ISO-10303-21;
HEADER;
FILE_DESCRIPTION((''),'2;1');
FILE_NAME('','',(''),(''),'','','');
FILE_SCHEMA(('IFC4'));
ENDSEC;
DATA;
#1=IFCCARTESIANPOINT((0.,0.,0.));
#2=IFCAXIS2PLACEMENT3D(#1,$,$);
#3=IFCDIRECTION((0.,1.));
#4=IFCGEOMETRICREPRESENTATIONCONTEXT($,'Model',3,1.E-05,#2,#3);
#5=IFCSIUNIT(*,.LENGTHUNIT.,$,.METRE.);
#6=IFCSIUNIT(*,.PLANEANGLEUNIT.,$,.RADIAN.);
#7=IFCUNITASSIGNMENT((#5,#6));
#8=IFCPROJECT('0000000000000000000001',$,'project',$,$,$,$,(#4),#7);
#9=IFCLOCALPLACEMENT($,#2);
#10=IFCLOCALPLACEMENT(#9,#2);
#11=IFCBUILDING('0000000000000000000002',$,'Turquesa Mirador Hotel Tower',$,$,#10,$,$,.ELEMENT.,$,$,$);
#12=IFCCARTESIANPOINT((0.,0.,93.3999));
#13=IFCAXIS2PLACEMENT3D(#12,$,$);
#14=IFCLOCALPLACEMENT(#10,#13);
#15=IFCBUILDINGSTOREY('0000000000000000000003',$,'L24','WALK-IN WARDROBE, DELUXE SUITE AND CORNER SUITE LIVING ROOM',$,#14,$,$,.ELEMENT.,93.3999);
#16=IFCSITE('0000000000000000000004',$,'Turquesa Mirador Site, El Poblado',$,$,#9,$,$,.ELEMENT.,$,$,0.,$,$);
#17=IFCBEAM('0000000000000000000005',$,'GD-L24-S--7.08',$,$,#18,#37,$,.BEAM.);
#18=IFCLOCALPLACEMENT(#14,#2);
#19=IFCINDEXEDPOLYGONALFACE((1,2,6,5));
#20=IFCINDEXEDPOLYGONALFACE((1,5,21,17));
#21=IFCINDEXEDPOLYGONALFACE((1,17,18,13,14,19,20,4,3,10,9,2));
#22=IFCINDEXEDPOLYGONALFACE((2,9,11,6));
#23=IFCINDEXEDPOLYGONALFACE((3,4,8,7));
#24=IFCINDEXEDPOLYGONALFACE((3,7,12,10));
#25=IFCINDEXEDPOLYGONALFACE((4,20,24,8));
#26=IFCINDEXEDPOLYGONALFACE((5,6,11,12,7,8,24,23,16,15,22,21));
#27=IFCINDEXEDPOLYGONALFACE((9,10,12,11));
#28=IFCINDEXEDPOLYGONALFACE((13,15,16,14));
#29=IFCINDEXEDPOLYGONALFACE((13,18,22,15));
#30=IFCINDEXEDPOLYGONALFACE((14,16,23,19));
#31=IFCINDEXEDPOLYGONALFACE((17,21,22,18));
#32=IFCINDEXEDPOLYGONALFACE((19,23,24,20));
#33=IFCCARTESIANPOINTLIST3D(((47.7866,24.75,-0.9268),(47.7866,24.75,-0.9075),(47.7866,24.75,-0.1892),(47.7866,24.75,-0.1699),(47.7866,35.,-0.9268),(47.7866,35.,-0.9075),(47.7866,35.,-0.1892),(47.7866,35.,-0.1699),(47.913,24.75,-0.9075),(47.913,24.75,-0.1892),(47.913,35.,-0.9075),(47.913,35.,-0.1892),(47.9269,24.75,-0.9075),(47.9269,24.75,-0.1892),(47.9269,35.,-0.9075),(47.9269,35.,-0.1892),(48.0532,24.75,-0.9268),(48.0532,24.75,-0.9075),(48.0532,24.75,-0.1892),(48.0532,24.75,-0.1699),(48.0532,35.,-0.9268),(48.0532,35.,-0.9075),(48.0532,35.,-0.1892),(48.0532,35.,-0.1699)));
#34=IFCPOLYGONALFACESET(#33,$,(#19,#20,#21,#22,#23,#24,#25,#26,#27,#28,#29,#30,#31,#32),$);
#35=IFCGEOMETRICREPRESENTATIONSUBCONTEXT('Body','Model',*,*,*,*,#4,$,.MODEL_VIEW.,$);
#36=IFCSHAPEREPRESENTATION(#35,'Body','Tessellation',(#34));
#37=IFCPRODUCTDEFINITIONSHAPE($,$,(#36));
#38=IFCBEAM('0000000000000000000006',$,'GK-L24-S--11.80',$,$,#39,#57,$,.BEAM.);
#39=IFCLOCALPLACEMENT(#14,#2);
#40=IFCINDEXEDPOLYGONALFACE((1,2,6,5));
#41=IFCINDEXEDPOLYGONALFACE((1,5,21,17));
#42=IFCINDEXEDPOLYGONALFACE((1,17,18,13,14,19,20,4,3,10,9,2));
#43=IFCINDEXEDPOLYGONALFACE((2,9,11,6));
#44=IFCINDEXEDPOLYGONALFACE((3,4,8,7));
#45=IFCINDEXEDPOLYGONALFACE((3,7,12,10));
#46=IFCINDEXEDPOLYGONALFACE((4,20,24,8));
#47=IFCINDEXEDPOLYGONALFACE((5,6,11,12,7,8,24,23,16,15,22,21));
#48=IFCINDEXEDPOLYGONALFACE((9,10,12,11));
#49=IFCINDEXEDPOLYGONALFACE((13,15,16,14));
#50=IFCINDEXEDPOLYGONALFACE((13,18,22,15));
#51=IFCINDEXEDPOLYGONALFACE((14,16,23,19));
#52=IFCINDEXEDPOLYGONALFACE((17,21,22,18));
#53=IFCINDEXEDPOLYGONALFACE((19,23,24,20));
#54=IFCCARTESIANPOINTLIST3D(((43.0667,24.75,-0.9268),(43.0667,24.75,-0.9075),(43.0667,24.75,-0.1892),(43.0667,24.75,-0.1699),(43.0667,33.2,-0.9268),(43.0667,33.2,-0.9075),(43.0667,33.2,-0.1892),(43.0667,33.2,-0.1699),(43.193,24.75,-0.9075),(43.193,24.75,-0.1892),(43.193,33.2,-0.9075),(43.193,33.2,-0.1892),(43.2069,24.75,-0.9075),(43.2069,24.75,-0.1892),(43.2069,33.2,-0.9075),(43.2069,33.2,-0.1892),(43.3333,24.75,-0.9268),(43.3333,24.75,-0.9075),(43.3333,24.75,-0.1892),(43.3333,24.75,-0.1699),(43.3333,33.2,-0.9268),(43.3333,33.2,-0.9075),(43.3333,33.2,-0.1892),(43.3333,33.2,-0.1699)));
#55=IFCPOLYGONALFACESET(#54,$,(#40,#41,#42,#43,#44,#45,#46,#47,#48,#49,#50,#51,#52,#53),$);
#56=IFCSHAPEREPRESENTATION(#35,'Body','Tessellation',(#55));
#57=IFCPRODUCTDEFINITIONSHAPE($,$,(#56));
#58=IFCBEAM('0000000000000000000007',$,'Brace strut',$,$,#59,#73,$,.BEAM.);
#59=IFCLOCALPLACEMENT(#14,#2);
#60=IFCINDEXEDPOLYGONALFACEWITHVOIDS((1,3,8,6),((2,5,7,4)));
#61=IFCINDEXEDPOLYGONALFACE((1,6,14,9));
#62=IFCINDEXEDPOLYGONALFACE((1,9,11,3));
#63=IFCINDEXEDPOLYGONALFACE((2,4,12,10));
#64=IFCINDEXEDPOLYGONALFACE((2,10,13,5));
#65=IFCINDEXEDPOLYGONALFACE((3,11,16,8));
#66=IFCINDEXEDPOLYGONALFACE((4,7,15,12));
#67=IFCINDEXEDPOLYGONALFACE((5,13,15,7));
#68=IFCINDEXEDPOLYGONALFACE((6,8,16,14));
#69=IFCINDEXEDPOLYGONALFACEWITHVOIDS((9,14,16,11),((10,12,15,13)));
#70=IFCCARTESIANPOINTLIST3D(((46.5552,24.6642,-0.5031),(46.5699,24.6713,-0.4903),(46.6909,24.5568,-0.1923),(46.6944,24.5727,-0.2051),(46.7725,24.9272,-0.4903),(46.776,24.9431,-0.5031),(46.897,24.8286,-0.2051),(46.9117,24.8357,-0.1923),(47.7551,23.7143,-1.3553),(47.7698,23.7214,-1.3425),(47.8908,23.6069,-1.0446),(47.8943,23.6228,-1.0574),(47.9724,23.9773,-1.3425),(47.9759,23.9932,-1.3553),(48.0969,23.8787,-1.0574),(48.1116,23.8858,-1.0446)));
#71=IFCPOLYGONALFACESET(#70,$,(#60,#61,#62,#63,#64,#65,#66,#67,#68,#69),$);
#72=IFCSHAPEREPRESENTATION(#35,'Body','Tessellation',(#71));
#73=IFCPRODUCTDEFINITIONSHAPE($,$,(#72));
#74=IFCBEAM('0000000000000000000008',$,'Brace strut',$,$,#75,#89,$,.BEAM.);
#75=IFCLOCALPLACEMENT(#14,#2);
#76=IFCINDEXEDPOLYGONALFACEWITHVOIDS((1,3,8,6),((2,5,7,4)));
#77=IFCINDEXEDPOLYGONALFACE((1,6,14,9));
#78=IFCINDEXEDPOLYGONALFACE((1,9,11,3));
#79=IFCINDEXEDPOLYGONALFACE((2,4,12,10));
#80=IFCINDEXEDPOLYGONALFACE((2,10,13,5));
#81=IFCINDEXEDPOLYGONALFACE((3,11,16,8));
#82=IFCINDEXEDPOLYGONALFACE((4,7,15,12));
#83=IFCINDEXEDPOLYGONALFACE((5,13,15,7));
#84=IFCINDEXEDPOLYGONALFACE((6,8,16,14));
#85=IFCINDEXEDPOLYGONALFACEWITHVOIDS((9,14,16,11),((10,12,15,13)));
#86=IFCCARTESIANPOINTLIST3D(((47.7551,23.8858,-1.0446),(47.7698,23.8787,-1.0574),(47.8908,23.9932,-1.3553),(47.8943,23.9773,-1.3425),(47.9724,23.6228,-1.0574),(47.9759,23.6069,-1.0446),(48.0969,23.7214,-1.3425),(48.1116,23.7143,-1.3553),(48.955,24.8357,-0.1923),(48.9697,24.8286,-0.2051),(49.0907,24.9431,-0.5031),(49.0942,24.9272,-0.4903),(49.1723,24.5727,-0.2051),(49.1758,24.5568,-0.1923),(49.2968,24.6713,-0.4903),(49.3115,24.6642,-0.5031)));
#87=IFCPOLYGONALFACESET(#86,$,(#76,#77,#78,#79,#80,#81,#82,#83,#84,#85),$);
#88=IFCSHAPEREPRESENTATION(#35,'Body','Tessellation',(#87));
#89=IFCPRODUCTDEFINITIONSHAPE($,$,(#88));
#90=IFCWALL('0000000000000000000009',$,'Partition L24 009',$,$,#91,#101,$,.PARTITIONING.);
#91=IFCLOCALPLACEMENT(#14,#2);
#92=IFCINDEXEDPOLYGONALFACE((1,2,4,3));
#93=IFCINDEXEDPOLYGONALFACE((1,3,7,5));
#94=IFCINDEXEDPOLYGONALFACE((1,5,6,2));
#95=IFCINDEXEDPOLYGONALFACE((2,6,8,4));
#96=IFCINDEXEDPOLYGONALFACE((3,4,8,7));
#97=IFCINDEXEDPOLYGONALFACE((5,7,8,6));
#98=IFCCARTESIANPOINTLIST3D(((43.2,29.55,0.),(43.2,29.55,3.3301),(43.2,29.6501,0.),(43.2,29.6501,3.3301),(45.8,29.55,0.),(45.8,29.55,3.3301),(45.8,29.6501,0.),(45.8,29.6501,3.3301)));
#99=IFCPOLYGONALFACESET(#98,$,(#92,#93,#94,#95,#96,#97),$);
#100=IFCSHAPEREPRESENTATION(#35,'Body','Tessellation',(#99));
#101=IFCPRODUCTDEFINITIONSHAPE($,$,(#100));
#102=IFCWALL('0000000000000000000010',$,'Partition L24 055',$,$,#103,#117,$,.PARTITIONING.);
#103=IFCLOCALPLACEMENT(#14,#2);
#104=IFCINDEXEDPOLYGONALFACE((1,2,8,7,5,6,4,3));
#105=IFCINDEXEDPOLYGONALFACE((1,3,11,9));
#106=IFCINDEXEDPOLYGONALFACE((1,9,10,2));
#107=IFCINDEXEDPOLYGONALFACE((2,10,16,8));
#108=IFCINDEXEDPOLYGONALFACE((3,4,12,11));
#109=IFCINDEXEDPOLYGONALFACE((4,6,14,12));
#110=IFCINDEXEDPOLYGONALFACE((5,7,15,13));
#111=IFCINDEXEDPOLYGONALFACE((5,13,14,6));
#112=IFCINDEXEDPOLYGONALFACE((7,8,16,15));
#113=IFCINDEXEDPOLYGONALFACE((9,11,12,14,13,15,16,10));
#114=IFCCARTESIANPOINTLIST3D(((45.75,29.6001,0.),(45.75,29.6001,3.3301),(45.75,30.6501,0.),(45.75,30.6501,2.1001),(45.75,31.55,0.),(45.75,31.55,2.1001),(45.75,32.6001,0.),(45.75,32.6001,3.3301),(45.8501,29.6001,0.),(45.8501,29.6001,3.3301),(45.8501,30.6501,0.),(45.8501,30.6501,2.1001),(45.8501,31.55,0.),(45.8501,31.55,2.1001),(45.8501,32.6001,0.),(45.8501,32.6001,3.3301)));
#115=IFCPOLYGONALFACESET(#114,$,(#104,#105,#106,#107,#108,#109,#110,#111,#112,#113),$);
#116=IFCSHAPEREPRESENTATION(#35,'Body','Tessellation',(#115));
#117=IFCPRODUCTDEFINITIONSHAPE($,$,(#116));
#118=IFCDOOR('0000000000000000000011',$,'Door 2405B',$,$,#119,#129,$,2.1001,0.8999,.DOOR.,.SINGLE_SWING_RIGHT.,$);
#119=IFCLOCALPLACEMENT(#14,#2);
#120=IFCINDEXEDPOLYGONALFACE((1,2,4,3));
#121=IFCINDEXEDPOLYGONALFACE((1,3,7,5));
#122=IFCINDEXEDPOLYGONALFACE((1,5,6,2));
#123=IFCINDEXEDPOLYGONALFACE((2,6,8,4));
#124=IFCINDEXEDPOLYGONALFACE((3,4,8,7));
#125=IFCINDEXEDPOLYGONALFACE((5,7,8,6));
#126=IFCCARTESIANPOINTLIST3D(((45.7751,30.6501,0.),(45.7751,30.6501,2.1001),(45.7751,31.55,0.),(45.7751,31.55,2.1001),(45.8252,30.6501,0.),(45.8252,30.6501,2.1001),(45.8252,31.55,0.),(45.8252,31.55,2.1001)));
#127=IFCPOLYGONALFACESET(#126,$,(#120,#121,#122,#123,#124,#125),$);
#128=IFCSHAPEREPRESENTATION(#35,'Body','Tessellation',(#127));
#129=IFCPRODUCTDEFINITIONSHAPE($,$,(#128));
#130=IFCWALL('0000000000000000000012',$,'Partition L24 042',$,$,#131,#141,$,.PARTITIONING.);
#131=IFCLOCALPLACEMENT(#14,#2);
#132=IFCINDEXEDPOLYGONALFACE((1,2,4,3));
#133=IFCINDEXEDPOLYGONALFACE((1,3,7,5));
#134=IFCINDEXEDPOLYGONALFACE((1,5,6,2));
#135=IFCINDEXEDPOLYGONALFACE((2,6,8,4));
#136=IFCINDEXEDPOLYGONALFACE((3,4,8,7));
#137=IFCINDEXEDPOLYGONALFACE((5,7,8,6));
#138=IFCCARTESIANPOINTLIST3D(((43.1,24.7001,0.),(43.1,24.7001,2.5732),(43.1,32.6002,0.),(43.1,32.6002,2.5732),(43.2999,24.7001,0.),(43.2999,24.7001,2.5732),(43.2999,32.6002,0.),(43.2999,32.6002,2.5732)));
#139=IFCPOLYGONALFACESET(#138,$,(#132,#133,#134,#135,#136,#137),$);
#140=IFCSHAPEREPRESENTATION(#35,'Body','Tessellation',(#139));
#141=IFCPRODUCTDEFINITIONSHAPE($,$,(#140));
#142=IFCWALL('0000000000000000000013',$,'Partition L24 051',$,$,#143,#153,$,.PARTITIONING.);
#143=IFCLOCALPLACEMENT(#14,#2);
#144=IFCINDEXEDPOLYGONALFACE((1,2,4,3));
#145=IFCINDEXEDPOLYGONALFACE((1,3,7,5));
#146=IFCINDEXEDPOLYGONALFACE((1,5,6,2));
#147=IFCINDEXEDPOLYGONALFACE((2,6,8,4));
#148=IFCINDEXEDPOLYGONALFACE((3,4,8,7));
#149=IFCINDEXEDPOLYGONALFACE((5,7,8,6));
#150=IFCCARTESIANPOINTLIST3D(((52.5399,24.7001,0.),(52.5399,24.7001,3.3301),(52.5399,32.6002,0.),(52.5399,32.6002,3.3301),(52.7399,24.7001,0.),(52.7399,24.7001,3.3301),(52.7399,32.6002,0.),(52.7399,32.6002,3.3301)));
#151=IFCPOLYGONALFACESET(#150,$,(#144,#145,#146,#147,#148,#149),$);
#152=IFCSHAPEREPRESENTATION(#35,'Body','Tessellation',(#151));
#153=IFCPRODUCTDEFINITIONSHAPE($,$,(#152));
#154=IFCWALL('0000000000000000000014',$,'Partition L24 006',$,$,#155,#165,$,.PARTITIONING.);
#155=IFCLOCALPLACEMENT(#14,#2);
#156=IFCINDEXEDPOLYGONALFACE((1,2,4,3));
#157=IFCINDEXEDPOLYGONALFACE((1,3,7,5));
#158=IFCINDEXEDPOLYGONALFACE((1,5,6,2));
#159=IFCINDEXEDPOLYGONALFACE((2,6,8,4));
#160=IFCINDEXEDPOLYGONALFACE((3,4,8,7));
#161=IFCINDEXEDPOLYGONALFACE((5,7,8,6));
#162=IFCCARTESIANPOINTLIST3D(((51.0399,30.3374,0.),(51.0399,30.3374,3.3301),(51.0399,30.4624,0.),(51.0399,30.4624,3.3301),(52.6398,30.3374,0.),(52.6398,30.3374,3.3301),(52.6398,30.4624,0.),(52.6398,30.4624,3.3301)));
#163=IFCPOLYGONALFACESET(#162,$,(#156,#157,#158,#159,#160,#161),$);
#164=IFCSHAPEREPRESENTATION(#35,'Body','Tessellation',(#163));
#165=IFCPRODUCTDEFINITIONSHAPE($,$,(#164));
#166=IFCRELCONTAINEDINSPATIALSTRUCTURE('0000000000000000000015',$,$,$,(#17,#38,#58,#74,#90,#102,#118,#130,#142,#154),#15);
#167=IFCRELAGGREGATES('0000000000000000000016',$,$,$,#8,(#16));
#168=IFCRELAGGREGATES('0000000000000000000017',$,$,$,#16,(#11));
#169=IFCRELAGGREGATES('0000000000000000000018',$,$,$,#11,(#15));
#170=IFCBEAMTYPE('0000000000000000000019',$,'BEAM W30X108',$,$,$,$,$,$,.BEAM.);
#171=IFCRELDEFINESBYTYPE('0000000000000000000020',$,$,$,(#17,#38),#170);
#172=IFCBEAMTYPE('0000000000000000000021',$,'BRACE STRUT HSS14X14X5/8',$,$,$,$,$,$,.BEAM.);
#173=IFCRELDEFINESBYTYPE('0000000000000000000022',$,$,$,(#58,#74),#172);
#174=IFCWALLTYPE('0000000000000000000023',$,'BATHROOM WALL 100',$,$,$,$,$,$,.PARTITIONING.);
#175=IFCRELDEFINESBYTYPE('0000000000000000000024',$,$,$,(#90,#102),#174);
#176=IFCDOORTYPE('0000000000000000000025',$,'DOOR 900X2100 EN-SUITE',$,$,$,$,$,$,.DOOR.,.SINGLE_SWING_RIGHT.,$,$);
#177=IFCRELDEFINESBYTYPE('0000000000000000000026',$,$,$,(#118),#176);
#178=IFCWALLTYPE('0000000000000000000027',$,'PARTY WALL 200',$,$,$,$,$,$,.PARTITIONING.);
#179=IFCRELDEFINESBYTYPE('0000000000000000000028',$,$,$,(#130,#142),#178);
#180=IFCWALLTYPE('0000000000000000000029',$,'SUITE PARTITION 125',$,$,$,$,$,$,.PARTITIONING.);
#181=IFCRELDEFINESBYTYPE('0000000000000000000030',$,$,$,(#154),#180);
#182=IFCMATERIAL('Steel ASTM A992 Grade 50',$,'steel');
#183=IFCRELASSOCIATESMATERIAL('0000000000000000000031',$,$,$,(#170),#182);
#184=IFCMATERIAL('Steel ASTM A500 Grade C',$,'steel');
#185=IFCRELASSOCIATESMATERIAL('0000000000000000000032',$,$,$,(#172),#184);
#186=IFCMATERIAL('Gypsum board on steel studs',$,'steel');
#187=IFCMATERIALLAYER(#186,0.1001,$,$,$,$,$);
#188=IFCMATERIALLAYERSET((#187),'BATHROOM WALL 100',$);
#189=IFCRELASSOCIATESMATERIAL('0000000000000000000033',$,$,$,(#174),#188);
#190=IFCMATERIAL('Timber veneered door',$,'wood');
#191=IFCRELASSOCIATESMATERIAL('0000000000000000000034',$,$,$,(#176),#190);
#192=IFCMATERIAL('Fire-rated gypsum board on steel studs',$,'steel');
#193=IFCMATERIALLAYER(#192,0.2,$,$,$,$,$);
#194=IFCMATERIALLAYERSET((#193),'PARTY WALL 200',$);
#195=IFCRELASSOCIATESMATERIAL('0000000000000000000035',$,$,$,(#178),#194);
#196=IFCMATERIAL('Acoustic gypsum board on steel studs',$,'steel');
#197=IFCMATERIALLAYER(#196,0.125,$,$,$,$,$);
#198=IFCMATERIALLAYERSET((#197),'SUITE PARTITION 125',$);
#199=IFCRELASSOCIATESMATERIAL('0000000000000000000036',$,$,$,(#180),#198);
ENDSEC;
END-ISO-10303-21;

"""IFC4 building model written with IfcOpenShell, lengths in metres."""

from ifc_helpers import new_model, si_unit, direction, frame, frame_2d, origin, origin_2d, place, context, subcontext, project, spatial, rectangle, hollow_rectangle, i_section, extrude, material, layer, layer_set, material_profile, profile_set, type_object, element, fill, save


model = new_model("IFC4")

# Units and contexts
model_context = context("Model", 3, precision=1e-05, world=origin(), true_north=direction((0.0, 1.0)))
body_context = subcontext(model_context, "Body", "Model", "MODEL_VIEW")
ifc_project = project(units=[si_unit("LENGTHUNIT", "METRE"), si_unit("PLANEANGLEUNIT", "RADIAN")], contexts=[model_context])

# Site, building, storey
site_placement = place(None, origin())
site = spatial("IfcSite", under=ifc_project, at=site_placement, Name="Turquesa Mirador Site, El Poblado", CompositionType="ELEMENT", RefElevation=0.0)
building_placement = place(site_placement, origin())
building = spatial("IfcBuilding", under=site, at=building_placement, Name="Turquesa Mirador Hotel Tower", CompositionType="ELEMENT")
storey_placement = place(building_placement, frame((0.0, 0.0, 93.3999)))
storey = spatial("IfcBuildingStorey", under=building, at=storey_placement, Name="L24", Description="WALK-IN WARDROBE, DELUXE SUITE AND CORNER SUITE LIVING ROOM", CompositionType="ELEMENT", Elevation=93.3999)

# Beams
ifc_material_1 = material(Name="Steel ASTM A992 Grade 50", Category="steel")
ifc_material_profile_1 = material_profile(ifc_material_1, i_section(OverallWidth=0.2666, OverallDepth=0.7568, WebThickness=0.0139, FlangeThickness=0.0193, at=origin_2d()), Name="W30X108")
ifc_profile_set_1 = profile_set([ifc_material_profile_1], Name="Steel ASTM A992 Grade 50")
beam_type_1 = type_object("IfcBeamType", Name="BEAM W30X108", PredefinedType="BEAM", material=ifc_profile_set_1)
beam_1_placement = place(storey_placement, frame((47.9199, 24.75, -0.5483), z_axis=(0.0, 1.0, 0.0), x_axis=(-1.0, 0.0, 0.0)))
element("IfcBeam", 1, at=beam_1_placement, inside=storey, type_object=beam_type_1, Name="GD-L24-S--7.08", PredefinedType="BEAM", context=body_context, shape_type="SweptSolid", body=[
    extrude(i_section(OverallWidth=0.2666, OverallDepth=0.7568, WebThickness=0.0139, FlangeThickness=0.0193, at=origin_2d()), origin(), (0.0, 0.0, 1.0), 10.25),
])
beam_2_placement = place(storey_placement, frame((43.2, 24.75, -0.5483), z_axis=(0.0, 1.0, 0.0), x_axis=(-1.0, 0.0, 0.0)))
element("IfcBeam", 2, at=beam_2_placement, inside=storey, type_object=beam_type_1, Name="GK-L24-S--11.80", PredefinedType="BEAM", context=body_context, shape_type="SweptSolid", body=[
    extrude(i_section(OverallWidth=0.2666, OverallDepth=0.7568, WebThickness=0.0139, FlangeThickness=0.0193, at=origin_2d()), origin(), (0.0, 0.0, 1.0), 8.45),
])
ifc_material_2 = material(Name="Steel ASTM A500 Grade C", Category="steel")
ifc_material_profile_2 = material_profile(ifc_material_2, hollow_rectangle(XDim=0.3557, YDim=0.3557, WallThickness=0.0146, at=origin_2d()), Name="HSS14X14X5/8")
ifc_profile_set_2 = profile_set([ifc_material_profile_2], Name="Steel ASTM A500 Grade C")
beam_type_2 = type_object("IfcBeamType", Name="BRACE STRUT HSS14X14X5/8", PredefinedType="BEAM", material=ifc_profile_set_2)
for number, where, z_axis, x_axis, name in (
    (3, (47.9333, 23.8, -1.2), (-0.684994, 0.542281, 0.486534), (-0.620699, -0.784049, 0.0), "Brace strut"),
    (4, (47.9333, 23.8, -1.2), (0.684994, 0.542281, 0.486534), (-0.620699, 0.784049, 0.0), "Brace strut"),
):
    element("IfcBeam", number, at=place(storey_placement, frame(where, z_axis=z_axis, x_axis=x_axis)), inside=storey, type_object=beam_type_2, Name=name, PredefinedType="BEAM", context=body_context, shape_type="SweptSolid", body=[
        extrude(hollow_rectangle(XDim=0.3557, YDim=0.3557, WallThickness=0.0146, at=origin_2d()), origin(), (0.0, 0.0, 1.0), 1.7517),
    ])

# Wall
ifc_material_3 = material(Name="Gypsum board on steel studs", Category="steel")
ifc_layer_1 = layer(ifc_material_3, 0.1001)
ifc_layer_set_1 = layer_set([ifc_layer_1], Name="BATHROOM WALL 100")
wall_type_1 = type_object("IfcWallType", Name="BATHROOM WALL 100", PredefinedType="PARTITIONING", material=ifc_layer_set_1)
wall_1_placement = place(storey_placement, frame((43.2, 29.6001, 0.0), z_axis=(0.0, 0.0, 1.0), x_axis=(1.0, 0.0, 0.0)))
element("IfcWall", 5, at=wall_1_placement, inside=storey, type_object=wall_type_1, Name="Partition L24 009", PredefinedType="PARTITIONING", context=body_context, shape_type="SweptSolid", body=[
    extrude(rectangle(XDim=2.6001, YDim=0.1001, at=frame_2d((1.3, 0.0))), origin(), (0.0, 0.0, 1.0), 3.3301),
])

# Wall, opening, door
wall_2_placement = place(storey_placement, frame((45.8, 29.6001, 0.0), z_axis=(0.0, 0.0, 1.0), x_axis=(0.0, 1.0, 0.0)))
wall_2 = element("IfcWall", 6, at=wall_2_placement, inside=storey, type_object=wall_type_1, Name="Partition L24 055", PredefinedType="PARTITIONING", context=body_context, shape_type="SweptSolid", body=[
    extrude(rectangle(XDim=3.0, YDim=0.1001, at=frame_2d((1.5, 0.0))), origin(), (0.0, 0.0, 1.0), 3.3301),
])
opening_1_placement = place(wall_2_placement, frame((1.05, 0.0, 0.0)))
opening_1 = element("IfcOpeningElement", 7, at=opening_1_placement, cuts=wall_2, PredefinedType="OPENING", context=body_context, shape_type="SweptSolid", body=[
    extrude(rectangle(XDim=0.8999, YDim=2.1001, at=frame_2d((0.45, 1.05))), frame((0.0, 0.0601, 0.0), z_axis=(0.0, -1.0, 0.0), x_axis=(1.0, 0.0, 0.0)), (0.0, 0.0, 1.0), 0.1201),
])
ifc_material_4 = material(Name="Timber veneered door", Category="wood")
door_type_1 = type_object("IfcDoorType", Name="DOOR 900X2100 EN-SUITE", OperationType="SINGLE_SWING_RIGHT", PredefinedType="DOOR", material=ifc_material_4)
door_1_placement = place(opening_1_placement, origin())
door_1 = element("IfcDoor", 8, at=door_1_placement, inside=storey, type_object=door_type_1, Name="Door 2405B", OperationType="SINGLE_SWING_RIGHT", OverallHeight=2.1001, OverallWidth=0.8999, PredefinedType="DOOR", context=body_context, shape_type="SweptSolid", body=[
    extrude(rectangle(XDim=0.8999, YDim=2.1001, at=frame_2d((0.45, 1.05))), frame((0.0, 0.0249, 0.0), z_axis=(0.0, -1.0, 0.0), x_axis=(1.0, 0.0, 0.0)), (0.0, 0.0, 1.0), 0.05),
])
fill(opening_1, door_1)

# Walls
ifc_material_5 = material(Name="Fire-rated gypsum board on steel studs", Category="steel")
ifc_layer_2 = layer(ifc_material_5, 0.2)
ifc_layer_set_2 = layer_set([ifc_layer_2], Name="PARTY WALL 200")
wall_type_2 = type_object("IfcWallType", Name="PARTY WALL 200", PredefinedType="PARTITIONING", material=ifc_layer_set_2)
wall_3_placement = place(storey_placement, frame((43.2, 24.7, 0.0), z_axis=(0.0, 0.0, 1.0), x_axis=(0.0, 1.0, 0.0)))
element("IfcWall", 9, at=wall_3_placement, inside=storey, type_object=wall_type_2, Name="Partition L24 042", PredefinedType="PARTITIONING", context=body_context, shape_type="SweptSolid", body=[
    extrude(rectangle(XDim=7.9001, YDim=0.2, at=frame_2d((3.9502, 0.0))), origin(), (0.0, 0.0, 1.0), 2.5732),
])
wall_4_placement = place(storey_placement, frame((52.6399, 24.7, 0.0), z_axis=(0.0, 0.0, 1.0), x_axis=(0.0, 1.0, 0.0)))
element("IfcWall", 10, at=wall_4_placement, inside=storey, type_object=wall_type_2, Name="Partition L24 051", PredefinedType="PARTITIONING", context=body_context, shape_type="SweptSolid", body=[
    extrude(rectangle(XDim=7.9001, YDim=0.2, at=frame_2d((3.9502, 0.0))), origin(), (0.0, 0.0, 1.0), 3.3301),
])
ifc_material_6 = material(Name="Acoustic gypsum board on steel studs", Category="steel")
ifc_layer_3 = layer(ifc_material_6, 0.125)
ifc_layer_set_3 = layer_set([ifc_layer_3], Name="SUITE PARTITION 125")
wall_type_3 = type_object("IfcWallType", Name="SUITE PARTITION 125", PredefinedType="PARTITIONING", material=ifc_layer_set_3)
wall_5_placement = place(storey_placement, frame((51.04, 30.3999, 0.0), z_axis=(0.0, 0.0, 1.0), x_axis=(1.0, 0.0, 0.0)))
element("IfcWall", 11, at=wall_5_placement, inside=storey, type_object=wall_type_3, Name="Partition L24 006", PredefinedType="PARTITIONING", context=body_context, shape_type="SweptSolid", body=[
    extrude(rectangle(XDim=1.5999, YDim=0.125, at=frame_2d((0.7998, 0.0))), origin(), (0.0, 0.0, 1.0), 3.3301),
])

save(model, "model.ifc")
